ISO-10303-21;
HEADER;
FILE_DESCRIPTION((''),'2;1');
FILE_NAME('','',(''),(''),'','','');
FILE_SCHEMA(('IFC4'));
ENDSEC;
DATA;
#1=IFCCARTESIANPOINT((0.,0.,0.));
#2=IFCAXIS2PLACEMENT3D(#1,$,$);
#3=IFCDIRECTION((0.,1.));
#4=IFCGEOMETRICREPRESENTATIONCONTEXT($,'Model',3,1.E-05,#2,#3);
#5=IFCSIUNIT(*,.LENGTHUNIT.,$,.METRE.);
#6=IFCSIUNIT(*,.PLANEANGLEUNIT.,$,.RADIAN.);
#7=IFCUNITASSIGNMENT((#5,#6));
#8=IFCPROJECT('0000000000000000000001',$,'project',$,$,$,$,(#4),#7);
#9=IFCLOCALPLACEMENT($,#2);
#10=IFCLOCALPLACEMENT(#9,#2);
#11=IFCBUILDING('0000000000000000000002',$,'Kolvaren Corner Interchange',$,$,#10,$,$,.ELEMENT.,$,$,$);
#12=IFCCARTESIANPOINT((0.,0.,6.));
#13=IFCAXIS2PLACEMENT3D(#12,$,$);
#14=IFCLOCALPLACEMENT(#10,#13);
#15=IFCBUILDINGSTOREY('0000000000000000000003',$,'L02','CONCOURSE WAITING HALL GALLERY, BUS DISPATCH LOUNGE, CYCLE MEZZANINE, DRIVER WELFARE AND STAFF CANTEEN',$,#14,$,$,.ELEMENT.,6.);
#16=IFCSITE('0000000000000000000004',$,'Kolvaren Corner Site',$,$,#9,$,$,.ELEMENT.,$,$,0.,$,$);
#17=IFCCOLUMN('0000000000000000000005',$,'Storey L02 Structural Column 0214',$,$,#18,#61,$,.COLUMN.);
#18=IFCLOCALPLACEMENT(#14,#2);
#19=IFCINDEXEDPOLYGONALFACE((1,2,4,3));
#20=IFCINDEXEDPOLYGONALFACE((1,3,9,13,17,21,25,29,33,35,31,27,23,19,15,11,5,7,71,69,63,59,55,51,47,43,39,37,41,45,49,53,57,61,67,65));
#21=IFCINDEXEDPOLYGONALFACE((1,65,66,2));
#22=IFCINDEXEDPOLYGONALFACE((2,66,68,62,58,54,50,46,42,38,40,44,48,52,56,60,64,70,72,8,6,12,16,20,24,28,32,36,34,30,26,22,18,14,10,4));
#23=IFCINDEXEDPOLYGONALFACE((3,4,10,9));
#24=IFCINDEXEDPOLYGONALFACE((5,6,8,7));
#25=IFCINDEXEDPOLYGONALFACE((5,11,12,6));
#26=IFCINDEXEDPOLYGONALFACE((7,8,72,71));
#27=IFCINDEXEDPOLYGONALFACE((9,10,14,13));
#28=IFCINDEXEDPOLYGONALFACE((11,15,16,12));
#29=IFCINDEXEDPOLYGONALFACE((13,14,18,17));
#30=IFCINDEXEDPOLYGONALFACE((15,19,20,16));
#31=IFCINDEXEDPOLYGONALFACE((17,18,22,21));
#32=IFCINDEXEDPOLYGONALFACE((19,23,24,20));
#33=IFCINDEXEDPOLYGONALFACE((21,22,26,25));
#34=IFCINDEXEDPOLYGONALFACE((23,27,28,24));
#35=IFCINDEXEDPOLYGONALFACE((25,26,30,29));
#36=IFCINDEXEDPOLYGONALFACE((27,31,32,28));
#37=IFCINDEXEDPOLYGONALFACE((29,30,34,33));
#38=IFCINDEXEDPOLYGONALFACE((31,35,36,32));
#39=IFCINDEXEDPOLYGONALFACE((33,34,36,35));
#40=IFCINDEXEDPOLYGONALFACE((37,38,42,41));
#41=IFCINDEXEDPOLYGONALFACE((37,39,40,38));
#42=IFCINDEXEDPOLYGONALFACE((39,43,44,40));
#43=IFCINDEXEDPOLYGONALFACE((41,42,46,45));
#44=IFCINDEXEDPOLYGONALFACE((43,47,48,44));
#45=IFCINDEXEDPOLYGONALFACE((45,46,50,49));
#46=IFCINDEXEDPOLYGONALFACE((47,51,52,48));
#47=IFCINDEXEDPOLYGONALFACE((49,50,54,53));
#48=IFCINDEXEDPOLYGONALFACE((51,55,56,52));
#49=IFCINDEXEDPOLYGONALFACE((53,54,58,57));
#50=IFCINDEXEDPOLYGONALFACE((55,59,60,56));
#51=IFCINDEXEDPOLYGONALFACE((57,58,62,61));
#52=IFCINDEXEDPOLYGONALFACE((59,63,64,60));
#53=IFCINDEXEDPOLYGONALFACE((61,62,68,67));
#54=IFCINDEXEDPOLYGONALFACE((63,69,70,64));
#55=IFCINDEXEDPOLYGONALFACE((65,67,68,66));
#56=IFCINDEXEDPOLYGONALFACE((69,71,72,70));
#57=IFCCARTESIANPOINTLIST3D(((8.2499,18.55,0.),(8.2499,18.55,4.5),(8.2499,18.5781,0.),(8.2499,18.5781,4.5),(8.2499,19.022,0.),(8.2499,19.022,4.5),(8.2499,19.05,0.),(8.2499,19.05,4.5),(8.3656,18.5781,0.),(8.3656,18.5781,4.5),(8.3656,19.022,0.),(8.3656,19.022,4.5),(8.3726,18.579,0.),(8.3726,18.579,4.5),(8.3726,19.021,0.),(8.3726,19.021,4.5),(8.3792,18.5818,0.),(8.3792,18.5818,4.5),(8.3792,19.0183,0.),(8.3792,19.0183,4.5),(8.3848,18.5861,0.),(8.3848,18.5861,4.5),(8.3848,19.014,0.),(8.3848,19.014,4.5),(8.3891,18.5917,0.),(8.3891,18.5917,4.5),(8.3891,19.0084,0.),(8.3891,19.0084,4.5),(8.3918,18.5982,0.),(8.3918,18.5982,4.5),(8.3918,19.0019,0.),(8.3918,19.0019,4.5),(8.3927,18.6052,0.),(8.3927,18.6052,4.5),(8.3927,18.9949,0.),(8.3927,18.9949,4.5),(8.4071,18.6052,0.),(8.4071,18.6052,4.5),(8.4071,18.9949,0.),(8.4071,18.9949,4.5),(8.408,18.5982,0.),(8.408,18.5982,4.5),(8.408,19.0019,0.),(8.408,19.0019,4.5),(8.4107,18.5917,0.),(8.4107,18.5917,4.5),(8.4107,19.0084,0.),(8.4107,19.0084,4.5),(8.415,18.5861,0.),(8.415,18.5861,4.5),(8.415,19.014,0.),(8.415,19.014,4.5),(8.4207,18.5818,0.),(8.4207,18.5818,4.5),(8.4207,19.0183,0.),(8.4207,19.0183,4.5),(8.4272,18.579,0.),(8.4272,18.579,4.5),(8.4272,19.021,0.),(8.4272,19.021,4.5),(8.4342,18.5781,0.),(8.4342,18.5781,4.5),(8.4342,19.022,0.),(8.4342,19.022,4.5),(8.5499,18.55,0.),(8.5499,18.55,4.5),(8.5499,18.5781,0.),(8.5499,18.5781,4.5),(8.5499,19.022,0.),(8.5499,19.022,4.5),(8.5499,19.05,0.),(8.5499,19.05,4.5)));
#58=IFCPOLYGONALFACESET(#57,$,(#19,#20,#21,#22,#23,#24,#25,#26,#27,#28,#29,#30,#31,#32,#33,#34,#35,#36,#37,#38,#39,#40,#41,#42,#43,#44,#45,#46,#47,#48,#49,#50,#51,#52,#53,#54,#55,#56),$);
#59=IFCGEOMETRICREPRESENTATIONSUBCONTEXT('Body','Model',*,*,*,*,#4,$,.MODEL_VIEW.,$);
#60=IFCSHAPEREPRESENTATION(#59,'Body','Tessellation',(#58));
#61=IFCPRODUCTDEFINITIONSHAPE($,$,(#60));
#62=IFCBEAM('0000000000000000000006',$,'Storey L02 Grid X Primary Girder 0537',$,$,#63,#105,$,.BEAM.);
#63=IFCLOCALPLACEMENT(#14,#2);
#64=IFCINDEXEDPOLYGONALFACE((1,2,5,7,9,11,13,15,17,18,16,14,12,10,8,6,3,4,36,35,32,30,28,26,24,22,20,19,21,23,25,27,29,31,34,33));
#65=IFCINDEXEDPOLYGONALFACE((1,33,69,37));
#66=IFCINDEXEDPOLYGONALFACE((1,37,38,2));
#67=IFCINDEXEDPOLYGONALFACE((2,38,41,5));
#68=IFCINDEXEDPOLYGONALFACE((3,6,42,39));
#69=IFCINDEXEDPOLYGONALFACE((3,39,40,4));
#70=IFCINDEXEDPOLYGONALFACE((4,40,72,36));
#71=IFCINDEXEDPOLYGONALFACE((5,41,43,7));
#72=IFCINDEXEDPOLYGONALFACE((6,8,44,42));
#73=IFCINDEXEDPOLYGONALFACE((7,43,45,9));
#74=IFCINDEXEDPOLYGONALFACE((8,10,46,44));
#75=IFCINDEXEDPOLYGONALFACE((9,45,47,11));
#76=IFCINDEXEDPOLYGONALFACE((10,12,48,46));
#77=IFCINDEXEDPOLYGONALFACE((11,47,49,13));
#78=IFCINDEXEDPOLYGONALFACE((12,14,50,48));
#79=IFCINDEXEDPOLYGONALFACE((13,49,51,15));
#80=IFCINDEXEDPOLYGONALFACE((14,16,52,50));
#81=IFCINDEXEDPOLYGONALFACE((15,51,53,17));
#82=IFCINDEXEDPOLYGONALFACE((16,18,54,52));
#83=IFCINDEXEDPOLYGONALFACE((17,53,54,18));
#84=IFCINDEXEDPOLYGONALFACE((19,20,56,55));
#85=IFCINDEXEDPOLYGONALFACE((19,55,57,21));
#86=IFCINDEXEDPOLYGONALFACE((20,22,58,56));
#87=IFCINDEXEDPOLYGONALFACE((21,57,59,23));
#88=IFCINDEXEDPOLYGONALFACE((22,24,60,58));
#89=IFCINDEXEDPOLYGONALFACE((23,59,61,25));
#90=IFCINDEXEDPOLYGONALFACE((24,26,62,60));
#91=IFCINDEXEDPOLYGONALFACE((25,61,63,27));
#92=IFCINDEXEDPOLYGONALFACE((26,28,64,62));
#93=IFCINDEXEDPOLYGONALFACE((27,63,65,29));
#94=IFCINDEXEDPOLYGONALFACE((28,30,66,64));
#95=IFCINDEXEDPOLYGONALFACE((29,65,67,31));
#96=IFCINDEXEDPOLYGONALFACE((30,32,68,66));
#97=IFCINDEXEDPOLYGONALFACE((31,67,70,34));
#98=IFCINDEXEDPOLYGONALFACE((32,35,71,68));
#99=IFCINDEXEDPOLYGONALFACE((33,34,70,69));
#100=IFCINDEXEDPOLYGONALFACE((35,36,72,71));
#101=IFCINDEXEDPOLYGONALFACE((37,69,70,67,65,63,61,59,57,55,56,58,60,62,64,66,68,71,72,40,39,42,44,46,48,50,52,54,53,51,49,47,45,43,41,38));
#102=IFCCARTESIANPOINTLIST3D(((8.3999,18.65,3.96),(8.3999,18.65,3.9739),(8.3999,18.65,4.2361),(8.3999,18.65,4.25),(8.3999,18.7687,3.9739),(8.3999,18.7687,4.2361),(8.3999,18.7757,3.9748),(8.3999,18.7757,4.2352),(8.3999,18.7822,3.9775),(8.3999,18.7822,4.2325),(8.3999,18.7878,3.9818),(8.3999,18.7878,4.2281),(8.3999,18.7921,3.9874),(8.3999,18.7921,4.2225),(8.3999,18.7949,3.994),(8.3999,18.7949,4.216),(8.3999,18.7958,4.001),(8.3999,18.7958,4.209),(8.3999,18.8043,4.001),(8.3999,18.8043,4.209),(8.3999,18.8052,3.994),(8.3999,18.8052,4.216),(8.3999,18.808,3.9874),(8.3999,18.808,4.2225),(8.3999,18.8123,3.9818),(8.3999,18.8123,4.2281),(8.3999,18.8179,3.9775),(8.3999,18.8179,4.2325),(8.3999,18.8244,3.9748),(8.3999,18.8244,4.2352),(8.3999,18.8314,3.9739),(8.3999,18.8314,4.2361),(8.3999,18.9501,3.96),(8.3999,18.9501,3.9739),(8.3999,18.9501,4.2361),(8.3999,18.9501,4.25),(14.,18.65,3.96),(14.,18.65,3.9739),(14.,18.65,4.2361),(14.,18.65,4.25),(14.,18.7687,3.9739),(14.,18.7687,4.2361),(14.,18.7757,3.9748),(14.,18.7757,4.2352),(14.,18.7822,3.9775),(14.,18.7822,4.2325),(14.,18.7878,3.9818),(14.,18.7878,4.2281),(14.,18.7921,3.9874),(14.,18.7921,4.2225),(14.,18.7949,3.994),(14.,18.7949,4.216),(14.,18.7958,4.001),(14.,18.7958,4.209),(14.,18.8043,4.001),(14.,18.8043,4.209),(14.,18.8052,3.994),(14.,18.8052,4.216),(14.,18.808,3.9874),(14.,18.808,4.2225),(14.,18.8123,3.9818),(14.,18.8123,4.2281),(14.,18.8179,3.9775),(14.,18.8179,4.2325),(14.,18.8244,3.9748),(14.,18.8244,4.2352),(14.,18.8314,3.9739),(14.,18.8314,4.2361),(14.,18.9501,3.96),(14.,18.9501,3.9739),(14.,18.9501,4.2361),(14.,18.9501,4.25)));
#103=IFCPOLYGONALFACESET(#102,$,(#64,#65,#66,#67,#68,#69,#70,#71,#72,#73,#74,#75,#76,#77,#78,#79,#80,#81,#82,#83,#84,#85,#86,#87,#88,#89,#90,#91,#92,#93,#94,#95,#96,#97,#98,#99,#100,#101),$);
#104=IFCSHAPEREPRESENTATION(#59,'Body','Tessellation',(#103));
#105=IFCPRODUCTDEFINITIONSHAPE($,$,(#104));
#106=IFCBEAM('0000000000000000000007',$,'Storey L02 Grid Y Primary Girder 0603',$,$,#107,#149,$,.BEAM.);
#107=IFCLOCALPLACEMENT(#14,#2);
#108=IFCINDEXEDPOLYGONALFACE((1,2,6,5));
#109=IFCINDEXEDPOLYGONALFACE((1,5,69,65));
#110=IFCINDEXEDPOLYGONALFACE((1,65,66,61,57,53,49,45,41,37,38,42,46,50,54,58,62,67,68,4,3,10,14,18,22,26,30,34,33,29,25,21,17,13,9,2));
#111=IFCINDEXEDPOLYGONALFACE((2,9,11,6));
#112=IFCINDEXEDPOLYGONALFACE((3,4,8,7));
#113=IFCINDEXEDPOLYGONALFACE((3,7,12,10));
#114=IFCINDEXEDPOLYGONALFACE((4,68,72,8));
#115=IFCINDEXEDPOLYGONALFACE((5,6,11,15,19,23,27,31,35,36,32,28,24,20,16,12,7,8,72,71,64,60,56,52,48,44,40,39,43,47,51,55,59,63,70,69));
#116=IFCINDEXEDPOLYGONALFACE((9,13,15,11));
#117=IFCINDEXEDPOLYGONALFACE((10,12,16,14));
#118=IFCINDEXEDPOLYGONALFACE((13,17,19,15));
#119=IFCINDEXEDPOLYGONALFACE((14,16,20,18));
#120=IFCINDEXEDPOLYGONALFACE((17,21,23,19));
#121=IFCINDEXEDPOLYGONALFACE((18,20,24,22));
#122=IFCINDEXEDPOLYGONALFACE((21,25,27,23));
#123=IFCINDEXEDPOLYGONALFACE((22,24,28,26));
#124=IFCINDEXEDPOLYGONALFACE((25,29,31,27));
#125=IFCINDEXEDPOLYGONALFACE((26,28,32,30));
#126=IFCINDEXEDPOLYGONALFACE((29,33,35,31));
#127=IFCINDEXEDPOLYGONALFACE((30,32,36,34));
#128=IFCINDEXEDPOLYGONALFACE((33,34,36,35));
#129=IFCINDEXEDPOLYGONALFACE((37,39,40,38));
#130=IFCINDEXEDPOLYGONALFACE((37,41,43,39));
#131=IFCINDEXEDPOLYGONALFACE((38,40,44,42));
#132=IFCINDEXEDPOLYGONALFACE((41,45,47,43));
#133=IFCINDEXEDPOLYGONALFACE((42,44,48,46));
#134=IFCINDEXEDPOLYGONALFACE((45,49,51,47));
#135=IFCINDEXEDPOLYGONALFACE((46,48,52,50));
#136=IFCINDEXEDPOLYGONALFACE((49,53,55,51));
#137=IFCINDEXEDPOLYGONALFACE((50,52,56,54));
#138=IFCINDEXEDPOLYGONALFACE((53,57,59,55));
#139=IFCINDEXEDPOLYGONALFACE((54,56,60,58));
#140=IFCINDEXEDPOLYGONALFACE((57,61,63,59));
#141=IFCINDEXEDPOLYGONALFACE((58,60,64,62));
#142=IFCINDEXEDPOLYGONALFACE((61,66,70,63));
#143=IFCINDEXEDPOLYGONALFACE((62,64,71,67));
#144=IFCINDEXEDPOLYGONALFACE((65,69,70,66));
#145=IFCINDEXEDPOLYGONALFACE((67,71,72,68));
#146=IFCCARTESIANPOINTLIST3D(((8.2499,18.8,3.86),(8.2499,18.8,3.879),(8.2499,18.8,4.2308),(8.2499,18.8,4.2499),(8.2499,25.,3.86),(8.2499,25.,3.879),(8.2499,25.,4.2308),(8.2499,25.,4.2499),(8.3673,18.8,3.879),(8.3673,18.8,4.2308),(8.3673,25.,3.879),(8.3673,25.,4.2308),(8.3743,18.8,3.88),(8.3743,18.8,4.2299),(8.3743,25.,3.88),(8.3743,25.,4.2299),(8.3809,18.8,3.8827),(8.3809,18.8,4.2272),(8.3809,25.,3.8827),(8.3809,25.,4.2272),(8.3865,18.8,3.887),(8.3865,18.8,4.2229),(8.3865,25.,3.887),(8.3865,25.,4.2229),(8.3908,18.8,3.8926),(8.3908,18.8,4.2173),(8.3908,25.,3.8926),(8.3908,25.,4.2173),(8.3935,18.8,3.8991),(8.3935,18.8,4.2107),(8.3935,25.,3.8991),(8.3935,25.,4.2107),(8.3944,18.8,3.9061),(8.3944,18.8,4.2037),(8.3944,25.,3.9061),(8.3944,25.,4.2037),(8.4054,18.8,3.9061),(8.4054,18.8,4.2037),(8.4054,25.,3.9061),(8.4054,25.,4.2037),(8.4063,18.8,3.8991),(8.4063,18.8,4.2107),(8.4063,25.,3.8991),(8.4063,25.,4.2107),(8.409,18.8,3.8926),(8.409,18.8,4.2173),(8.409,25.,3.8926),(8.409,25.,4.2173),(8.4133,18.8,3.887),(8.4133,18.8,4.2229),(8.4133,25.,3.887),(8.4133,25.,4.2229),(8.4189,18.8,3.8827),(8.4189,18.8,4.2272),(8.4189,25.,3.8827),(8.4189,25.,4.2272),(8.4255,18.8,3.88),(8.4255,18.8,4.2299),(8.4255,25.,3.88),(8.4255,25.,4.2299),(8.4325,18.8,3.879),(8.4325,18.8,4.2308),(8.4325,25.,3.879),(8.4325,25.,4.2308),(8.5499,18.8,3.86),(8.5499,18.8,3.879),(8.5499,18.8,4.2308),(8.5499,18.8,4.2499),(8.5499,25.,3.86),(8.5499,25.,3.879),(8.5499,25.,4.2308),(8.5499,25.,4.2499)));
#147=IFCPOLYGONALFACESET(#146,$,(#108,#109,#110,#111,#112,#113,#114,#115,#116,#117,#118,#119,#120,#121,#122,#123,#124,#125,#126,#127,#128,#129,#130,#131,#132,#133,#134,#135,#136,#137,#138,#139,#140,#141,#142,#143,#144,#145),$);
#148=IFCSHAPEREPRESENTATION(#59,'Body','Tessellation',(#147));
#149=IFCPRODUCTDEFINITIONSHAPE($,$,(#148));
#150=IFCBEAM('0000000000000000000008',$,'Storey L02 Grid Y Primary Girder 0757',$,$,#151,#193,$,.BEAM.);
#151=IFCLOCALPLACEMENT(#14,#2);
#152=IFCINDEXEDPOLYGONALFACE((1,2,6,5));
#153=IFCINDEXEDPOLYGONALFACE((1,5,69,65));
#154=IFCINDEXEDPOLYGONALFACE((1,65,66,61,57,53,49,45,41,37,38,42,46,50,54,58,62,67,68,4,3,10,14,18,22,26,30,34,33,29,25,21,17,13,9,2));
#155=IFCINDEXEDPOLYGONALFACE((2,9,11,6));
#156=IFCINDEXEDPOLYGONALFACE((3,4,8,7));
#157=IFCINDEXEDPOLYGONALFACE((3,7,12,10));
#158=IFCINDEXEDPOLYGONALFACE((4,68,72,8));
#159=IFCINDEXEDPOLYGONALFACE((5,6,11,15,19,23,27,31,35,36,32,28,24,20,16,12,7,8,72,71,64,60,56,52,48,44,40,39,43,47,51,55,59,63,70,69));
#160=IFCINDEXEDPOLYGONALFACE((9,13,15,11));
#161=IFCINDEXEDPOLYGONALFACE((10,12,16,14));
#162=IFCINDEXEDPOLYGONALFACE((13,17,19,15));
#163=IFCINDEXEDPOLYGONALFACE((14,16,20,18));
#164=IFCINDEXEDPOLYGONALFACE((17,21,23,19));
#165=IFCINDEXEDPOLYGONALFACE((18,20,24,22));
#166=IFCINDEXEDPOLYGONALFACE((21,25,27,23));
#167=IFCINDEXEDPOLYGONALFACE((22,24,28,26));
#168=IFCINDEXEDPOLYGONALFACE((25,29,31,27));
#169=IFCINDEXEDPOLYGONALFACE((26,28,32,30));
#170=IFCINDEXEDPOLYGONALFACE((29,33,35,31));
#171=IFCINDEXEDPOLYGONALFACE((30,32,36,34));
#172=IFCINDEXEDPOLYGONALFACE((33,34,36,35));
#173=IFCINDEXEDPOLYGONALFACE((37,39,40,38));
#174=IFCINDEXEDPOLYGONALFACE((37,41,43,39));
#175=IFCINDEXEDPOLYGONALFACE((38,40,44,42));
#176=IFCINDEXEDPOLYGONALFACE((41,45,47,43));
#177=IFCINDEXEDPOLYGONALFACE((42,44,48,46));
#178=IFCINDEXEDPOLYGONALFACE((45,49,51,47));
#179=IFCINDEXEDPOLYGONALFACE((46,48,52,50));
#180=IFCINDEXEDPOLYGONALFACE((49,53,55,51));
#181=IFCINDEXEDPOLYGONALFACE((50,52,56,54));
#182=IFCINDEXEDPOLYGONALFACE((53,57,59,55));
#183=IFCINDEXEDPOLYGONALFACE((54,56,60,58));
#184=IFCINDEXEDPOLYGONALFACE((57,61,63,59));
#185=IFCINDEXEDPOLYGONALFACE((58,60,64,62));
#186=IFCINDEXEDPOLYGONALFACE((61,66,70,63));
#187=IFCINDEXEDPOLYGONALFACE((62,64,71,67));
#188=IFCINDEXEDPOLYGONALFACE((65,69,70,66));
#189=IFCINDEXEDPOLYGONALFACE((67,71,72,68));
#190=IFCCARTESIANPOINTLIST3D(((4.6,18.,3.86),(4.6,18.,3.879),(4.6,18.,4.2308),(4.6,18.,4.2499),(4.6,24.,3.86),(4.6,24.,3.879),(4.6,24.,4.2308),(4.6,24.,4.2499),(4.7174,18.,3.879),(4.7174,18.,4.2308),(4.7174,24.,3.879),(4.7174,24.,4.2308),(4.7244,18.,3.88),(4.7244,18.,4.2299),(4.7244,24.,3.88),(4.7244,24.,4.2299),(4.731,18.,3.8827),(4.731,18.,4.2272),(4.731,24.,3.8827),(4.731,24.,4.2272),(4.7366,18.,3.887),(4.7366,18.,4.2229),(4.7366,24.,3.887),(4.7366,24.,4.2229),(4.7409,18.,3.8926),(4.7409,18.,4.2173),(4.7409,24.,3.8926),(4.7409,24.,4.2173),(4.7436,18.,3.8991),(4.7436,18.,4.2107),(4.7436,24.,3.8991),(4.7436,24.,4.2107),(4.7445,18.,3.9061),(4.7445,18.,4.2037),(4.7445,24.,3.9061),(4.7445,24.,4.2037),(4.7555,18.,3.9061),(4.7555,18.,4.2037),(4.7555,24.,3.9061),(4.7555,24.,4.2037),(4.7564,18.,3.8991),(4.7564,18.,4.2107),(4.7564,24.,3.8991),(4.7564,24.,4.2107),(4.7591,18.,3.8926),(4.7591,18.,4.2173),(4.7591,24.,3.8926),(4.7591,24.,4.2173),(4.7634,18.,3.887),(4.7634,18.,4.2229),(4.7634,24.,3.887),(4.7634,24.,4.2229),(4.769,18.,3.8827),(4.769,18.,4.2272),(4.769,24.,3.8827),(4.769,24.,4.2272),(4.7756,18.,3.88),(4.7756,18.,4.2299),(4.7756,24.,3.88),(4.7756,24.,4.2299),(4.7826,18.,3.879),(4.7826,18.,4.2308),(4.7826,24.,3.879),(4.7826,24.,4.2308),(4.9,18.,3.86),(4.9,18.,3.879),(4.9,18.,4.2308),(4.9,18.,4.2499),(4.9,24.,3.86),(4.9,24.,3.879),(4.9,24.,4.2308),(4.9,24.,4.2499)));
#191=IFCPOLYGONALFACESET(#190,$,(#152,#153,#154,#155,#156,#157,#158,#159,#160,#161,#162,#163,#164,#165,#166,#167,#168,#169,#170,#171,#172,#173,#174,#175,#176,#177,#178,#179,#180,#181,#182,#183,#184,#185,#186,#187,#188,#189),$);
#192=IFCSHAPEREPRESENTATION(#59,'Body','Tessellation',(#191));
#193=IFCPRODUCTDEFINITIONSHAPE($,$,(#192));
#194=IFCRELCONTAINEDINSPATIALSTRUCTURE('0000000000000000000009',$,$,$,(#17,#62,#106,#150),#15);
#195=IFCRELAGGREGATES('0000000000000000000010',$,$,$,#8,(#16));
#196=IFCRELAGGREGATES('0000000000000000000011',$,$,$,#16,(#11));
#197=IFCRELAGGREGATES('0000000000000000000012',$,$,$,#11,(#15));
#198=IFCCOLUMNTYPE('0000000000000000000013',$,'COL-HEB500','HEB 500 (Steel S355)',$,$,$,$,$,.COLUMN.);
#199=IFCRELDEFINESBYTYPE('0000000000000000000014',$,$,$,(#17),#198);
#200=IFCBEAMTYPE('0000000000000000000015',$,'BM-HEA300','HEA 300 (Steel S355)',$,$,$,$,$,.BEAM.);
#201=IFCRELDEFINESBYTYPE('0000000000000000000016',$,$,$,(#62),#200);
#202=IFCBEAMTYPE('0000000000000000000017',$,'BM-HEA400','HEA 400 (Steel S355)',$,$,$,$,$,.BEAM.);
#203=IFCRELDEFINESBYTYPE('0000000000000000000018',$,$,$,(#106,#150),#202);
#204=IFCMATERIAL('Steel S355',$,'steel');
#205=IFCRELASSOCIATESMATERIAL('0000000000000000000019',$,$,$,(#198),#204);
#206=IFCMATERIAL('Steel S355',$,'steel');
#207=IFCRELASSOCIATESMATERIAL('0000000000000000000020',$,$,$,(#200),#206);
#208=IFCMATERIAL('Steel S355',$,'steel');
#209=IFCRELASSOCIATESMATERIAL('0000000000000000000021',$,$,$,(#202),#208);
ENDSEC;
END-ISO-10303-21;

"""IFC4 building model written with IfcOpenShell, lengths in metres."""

from ifc_helpers import new_model, si_unit, direction, frame, origin, origin_2d, place, context, subcontext, project, spatial, i_section, extrude, material, material_profile, profile_set, type_object, element, save


model = new_model("IFC4")

# Units and contexts
model_context = context("Model", 3, precision=1e-05, world=origin(), true_north=direction((0.0, 1.0)))
body_context = subcontext(model_context, "Body", "Model", "MODEL_VIEW")
ifc_project = project(units=[si_unit("LENGTHUNIT", "METRE"), si_unit("PLANEANGLEUNIT", "RADIAN")], contexts=[model_context])

# Site, building, storey
site_placement = place(None, origin())
site = spatial("IfcSite", under=ifc_project, at=site_placement, Name="Kolvaren Corner Site", CompositionType="ELEMENT", RefElevation=0.0)
building_placement = place(site_placement, origin())
building = spatial("IfcBuilding", under=site, at=building_placement, Name="Kolvaren Corner Interchange", CompositionType="ELEMENT")
storey_placement = place(building_placement, frame((0.0, 0.0, 6.0)))
storey = spatial("IfcBuildingStorey", under=building, at=storey_placement, Name="L02", Description="CONCOURSE WAITING HALL GALLERY, BUS DISPATCH LOUNGE, CYCLE MEZZANINE, DRIVER WELFARE AND STAFF CANTEEN", CompositionType="ELEMENT", Elevation=6.0)

# Column
ifc_material_1 = material(Name="Steel S355", Category="steel")
ifc_material_profile_1 = material_profile(ifc_material_1, i_section(OverallWidth=0.3, OverallDepth=0.5, WebThickness=0.0144, FlangeThickness=0.0281, FilletRadius=0.0271, at=origin_2d()), Name="HEB 500")
ifc_profile_set_1 = profile_set([ifc_material_profile_1], Name="Steel S355")
column_type = type_object("IfcColumnType", Name="COL-HEB500", Description="HEB 500 (Steel S355)", PredefinedType="COLUMN", material=ifc_profile_set_1)
column_placement = place(storey_placement, frame((8.3999, 18.8, 0.0), z_axis=(0.0, 0.0, 1.0), x_axis=(1.0, 0.0, 0.0)))
element("IfcColumn", 1, at=column_placement, inside=storey, type_object=column_type, Name="Storey L02 Structural Column 0214", PredefinedType="COLUMN", context=body_context, shape_type="SweptSolid", body=[
    extrude(i_section(OverallWidth=0.3, OverallDepth=0.5, WebThickness=0.0144, FlangeThickness=0.0281, FilletRadius=0.0271, at=origin_2d()), origin(), (0.0, 0.0, 1.0), 4.5),
])

# Beams
ifc_material_2 = material(Name="Steel S355", Category="steel")
ifc_material_profile_2 = material_profile(ifc_material_2, i_section(OverallWidth=0.3, OverallDepth=0.29, WebThickness=0.0085, FlangeThickness=0.0139, FilletRadius=0.0271, at=origin_2d()), Name="HEA 300")
ifc_profile_set_2 = profile_set([ifc_material_profile_2], Name="Steel S355")
beam_type_1 = type_object("IfcBeamType", Name="BM-HEA300", Description="HEA 300 (Steel S355)", PredefinedType="BEAM", material=ifc_profile_set_2)
beam_1_placement = place(storey_placement, frame((8.3999, 18.8, 4.105), z_axis=(1.0, 0.0, 0.0), x_axis=(0.0, 1.0, 0.0)))
element("IfcBeam", 2, at=beam_1_placement, inside=storey, type_object=beam_type_1, Name="Storey L02 Grid X Primary Girder 0537", PredefinedType="BEAM", context=body_context, shape_type="SweptSolid", body=[
    extrude(i_section(OverallWidth=0.3, OverallDepth=0.29, WebThickness=0.0085, FlangeThickness=0.0139, FilletRadius=0.0271, at=origin_2d()), origin(), (0.0, 0.0, 1.0), 5.6001),
])
ifc_material_3 = material(Name="Steel S355", Category="steel")
ifc_material_profile_3 = material_profile(ifc_material_3, i_section(OverallWidth=0.3, OverallDepth=0.3899, WebThickness=0.011, FlangeThickness=0.019, FilletRadius=0.0271, at=origin_2d()), Name="HEA 400")
ifc_profile_set_3 = profile_set([ifc_material_profile_3], Name="Steel S355")
beam_type_2 = type_object("IfcBeamType", Name="BM-HEA400", Description="HEA 400 (Steel S355)", PredefinedType="BEAM", material=ifc_profile_set_3)
beam_2_placement = place(storey_placement, frame((8.3999, 18.8, 4.0549), z_axis=(0.0, 1.0, 0.0), x_axis=(-1.0, 0.0, 0.0)))
element("IfcBeam", 3, at=beam_2_placement, inside=storey, type_object=beam_type_2, Name="Storey L02 Grid Y Primary Girder 0603", PredefinedType="BEAM", context=body_context, shape_type="SweptSolid", body=[
    extrude(i_section(OverallWidth=0.3, OverallDepth=0.3899, WebThickness=0.011, FlangeThickness=0.019, FilletRadius=0.0271, at=origin_2d()), origin(), (0.0, 0.0, 1.0), 6.2),
])
beam_3_placement = place(storey_placement, frame((4.75, 18.0, 4.0549), z_axis=(0.0, 1.0, 0.0), x_axis=(-1.0, 0.0, 0.0)))
element("IfcBeam", 4, at=beam_3_placement, inside=storey, type_object=beam_type_2, Name="Storey L02 Grid Y Primary Girder 0757", PredefinedType="BEAM", context=body_context, shape_type="SweptSolid", body=[
    extrude(i_section(OverallWidth=0.3, OverallDepth=0.3899, WebThickness=0.011, FlangeThickness=0.019, FilletRadius=0.0271, at=origin_2d()), origin(), (0.0, 0.0, 1.0), 6.0),
])

save(model, "model.ifc")
